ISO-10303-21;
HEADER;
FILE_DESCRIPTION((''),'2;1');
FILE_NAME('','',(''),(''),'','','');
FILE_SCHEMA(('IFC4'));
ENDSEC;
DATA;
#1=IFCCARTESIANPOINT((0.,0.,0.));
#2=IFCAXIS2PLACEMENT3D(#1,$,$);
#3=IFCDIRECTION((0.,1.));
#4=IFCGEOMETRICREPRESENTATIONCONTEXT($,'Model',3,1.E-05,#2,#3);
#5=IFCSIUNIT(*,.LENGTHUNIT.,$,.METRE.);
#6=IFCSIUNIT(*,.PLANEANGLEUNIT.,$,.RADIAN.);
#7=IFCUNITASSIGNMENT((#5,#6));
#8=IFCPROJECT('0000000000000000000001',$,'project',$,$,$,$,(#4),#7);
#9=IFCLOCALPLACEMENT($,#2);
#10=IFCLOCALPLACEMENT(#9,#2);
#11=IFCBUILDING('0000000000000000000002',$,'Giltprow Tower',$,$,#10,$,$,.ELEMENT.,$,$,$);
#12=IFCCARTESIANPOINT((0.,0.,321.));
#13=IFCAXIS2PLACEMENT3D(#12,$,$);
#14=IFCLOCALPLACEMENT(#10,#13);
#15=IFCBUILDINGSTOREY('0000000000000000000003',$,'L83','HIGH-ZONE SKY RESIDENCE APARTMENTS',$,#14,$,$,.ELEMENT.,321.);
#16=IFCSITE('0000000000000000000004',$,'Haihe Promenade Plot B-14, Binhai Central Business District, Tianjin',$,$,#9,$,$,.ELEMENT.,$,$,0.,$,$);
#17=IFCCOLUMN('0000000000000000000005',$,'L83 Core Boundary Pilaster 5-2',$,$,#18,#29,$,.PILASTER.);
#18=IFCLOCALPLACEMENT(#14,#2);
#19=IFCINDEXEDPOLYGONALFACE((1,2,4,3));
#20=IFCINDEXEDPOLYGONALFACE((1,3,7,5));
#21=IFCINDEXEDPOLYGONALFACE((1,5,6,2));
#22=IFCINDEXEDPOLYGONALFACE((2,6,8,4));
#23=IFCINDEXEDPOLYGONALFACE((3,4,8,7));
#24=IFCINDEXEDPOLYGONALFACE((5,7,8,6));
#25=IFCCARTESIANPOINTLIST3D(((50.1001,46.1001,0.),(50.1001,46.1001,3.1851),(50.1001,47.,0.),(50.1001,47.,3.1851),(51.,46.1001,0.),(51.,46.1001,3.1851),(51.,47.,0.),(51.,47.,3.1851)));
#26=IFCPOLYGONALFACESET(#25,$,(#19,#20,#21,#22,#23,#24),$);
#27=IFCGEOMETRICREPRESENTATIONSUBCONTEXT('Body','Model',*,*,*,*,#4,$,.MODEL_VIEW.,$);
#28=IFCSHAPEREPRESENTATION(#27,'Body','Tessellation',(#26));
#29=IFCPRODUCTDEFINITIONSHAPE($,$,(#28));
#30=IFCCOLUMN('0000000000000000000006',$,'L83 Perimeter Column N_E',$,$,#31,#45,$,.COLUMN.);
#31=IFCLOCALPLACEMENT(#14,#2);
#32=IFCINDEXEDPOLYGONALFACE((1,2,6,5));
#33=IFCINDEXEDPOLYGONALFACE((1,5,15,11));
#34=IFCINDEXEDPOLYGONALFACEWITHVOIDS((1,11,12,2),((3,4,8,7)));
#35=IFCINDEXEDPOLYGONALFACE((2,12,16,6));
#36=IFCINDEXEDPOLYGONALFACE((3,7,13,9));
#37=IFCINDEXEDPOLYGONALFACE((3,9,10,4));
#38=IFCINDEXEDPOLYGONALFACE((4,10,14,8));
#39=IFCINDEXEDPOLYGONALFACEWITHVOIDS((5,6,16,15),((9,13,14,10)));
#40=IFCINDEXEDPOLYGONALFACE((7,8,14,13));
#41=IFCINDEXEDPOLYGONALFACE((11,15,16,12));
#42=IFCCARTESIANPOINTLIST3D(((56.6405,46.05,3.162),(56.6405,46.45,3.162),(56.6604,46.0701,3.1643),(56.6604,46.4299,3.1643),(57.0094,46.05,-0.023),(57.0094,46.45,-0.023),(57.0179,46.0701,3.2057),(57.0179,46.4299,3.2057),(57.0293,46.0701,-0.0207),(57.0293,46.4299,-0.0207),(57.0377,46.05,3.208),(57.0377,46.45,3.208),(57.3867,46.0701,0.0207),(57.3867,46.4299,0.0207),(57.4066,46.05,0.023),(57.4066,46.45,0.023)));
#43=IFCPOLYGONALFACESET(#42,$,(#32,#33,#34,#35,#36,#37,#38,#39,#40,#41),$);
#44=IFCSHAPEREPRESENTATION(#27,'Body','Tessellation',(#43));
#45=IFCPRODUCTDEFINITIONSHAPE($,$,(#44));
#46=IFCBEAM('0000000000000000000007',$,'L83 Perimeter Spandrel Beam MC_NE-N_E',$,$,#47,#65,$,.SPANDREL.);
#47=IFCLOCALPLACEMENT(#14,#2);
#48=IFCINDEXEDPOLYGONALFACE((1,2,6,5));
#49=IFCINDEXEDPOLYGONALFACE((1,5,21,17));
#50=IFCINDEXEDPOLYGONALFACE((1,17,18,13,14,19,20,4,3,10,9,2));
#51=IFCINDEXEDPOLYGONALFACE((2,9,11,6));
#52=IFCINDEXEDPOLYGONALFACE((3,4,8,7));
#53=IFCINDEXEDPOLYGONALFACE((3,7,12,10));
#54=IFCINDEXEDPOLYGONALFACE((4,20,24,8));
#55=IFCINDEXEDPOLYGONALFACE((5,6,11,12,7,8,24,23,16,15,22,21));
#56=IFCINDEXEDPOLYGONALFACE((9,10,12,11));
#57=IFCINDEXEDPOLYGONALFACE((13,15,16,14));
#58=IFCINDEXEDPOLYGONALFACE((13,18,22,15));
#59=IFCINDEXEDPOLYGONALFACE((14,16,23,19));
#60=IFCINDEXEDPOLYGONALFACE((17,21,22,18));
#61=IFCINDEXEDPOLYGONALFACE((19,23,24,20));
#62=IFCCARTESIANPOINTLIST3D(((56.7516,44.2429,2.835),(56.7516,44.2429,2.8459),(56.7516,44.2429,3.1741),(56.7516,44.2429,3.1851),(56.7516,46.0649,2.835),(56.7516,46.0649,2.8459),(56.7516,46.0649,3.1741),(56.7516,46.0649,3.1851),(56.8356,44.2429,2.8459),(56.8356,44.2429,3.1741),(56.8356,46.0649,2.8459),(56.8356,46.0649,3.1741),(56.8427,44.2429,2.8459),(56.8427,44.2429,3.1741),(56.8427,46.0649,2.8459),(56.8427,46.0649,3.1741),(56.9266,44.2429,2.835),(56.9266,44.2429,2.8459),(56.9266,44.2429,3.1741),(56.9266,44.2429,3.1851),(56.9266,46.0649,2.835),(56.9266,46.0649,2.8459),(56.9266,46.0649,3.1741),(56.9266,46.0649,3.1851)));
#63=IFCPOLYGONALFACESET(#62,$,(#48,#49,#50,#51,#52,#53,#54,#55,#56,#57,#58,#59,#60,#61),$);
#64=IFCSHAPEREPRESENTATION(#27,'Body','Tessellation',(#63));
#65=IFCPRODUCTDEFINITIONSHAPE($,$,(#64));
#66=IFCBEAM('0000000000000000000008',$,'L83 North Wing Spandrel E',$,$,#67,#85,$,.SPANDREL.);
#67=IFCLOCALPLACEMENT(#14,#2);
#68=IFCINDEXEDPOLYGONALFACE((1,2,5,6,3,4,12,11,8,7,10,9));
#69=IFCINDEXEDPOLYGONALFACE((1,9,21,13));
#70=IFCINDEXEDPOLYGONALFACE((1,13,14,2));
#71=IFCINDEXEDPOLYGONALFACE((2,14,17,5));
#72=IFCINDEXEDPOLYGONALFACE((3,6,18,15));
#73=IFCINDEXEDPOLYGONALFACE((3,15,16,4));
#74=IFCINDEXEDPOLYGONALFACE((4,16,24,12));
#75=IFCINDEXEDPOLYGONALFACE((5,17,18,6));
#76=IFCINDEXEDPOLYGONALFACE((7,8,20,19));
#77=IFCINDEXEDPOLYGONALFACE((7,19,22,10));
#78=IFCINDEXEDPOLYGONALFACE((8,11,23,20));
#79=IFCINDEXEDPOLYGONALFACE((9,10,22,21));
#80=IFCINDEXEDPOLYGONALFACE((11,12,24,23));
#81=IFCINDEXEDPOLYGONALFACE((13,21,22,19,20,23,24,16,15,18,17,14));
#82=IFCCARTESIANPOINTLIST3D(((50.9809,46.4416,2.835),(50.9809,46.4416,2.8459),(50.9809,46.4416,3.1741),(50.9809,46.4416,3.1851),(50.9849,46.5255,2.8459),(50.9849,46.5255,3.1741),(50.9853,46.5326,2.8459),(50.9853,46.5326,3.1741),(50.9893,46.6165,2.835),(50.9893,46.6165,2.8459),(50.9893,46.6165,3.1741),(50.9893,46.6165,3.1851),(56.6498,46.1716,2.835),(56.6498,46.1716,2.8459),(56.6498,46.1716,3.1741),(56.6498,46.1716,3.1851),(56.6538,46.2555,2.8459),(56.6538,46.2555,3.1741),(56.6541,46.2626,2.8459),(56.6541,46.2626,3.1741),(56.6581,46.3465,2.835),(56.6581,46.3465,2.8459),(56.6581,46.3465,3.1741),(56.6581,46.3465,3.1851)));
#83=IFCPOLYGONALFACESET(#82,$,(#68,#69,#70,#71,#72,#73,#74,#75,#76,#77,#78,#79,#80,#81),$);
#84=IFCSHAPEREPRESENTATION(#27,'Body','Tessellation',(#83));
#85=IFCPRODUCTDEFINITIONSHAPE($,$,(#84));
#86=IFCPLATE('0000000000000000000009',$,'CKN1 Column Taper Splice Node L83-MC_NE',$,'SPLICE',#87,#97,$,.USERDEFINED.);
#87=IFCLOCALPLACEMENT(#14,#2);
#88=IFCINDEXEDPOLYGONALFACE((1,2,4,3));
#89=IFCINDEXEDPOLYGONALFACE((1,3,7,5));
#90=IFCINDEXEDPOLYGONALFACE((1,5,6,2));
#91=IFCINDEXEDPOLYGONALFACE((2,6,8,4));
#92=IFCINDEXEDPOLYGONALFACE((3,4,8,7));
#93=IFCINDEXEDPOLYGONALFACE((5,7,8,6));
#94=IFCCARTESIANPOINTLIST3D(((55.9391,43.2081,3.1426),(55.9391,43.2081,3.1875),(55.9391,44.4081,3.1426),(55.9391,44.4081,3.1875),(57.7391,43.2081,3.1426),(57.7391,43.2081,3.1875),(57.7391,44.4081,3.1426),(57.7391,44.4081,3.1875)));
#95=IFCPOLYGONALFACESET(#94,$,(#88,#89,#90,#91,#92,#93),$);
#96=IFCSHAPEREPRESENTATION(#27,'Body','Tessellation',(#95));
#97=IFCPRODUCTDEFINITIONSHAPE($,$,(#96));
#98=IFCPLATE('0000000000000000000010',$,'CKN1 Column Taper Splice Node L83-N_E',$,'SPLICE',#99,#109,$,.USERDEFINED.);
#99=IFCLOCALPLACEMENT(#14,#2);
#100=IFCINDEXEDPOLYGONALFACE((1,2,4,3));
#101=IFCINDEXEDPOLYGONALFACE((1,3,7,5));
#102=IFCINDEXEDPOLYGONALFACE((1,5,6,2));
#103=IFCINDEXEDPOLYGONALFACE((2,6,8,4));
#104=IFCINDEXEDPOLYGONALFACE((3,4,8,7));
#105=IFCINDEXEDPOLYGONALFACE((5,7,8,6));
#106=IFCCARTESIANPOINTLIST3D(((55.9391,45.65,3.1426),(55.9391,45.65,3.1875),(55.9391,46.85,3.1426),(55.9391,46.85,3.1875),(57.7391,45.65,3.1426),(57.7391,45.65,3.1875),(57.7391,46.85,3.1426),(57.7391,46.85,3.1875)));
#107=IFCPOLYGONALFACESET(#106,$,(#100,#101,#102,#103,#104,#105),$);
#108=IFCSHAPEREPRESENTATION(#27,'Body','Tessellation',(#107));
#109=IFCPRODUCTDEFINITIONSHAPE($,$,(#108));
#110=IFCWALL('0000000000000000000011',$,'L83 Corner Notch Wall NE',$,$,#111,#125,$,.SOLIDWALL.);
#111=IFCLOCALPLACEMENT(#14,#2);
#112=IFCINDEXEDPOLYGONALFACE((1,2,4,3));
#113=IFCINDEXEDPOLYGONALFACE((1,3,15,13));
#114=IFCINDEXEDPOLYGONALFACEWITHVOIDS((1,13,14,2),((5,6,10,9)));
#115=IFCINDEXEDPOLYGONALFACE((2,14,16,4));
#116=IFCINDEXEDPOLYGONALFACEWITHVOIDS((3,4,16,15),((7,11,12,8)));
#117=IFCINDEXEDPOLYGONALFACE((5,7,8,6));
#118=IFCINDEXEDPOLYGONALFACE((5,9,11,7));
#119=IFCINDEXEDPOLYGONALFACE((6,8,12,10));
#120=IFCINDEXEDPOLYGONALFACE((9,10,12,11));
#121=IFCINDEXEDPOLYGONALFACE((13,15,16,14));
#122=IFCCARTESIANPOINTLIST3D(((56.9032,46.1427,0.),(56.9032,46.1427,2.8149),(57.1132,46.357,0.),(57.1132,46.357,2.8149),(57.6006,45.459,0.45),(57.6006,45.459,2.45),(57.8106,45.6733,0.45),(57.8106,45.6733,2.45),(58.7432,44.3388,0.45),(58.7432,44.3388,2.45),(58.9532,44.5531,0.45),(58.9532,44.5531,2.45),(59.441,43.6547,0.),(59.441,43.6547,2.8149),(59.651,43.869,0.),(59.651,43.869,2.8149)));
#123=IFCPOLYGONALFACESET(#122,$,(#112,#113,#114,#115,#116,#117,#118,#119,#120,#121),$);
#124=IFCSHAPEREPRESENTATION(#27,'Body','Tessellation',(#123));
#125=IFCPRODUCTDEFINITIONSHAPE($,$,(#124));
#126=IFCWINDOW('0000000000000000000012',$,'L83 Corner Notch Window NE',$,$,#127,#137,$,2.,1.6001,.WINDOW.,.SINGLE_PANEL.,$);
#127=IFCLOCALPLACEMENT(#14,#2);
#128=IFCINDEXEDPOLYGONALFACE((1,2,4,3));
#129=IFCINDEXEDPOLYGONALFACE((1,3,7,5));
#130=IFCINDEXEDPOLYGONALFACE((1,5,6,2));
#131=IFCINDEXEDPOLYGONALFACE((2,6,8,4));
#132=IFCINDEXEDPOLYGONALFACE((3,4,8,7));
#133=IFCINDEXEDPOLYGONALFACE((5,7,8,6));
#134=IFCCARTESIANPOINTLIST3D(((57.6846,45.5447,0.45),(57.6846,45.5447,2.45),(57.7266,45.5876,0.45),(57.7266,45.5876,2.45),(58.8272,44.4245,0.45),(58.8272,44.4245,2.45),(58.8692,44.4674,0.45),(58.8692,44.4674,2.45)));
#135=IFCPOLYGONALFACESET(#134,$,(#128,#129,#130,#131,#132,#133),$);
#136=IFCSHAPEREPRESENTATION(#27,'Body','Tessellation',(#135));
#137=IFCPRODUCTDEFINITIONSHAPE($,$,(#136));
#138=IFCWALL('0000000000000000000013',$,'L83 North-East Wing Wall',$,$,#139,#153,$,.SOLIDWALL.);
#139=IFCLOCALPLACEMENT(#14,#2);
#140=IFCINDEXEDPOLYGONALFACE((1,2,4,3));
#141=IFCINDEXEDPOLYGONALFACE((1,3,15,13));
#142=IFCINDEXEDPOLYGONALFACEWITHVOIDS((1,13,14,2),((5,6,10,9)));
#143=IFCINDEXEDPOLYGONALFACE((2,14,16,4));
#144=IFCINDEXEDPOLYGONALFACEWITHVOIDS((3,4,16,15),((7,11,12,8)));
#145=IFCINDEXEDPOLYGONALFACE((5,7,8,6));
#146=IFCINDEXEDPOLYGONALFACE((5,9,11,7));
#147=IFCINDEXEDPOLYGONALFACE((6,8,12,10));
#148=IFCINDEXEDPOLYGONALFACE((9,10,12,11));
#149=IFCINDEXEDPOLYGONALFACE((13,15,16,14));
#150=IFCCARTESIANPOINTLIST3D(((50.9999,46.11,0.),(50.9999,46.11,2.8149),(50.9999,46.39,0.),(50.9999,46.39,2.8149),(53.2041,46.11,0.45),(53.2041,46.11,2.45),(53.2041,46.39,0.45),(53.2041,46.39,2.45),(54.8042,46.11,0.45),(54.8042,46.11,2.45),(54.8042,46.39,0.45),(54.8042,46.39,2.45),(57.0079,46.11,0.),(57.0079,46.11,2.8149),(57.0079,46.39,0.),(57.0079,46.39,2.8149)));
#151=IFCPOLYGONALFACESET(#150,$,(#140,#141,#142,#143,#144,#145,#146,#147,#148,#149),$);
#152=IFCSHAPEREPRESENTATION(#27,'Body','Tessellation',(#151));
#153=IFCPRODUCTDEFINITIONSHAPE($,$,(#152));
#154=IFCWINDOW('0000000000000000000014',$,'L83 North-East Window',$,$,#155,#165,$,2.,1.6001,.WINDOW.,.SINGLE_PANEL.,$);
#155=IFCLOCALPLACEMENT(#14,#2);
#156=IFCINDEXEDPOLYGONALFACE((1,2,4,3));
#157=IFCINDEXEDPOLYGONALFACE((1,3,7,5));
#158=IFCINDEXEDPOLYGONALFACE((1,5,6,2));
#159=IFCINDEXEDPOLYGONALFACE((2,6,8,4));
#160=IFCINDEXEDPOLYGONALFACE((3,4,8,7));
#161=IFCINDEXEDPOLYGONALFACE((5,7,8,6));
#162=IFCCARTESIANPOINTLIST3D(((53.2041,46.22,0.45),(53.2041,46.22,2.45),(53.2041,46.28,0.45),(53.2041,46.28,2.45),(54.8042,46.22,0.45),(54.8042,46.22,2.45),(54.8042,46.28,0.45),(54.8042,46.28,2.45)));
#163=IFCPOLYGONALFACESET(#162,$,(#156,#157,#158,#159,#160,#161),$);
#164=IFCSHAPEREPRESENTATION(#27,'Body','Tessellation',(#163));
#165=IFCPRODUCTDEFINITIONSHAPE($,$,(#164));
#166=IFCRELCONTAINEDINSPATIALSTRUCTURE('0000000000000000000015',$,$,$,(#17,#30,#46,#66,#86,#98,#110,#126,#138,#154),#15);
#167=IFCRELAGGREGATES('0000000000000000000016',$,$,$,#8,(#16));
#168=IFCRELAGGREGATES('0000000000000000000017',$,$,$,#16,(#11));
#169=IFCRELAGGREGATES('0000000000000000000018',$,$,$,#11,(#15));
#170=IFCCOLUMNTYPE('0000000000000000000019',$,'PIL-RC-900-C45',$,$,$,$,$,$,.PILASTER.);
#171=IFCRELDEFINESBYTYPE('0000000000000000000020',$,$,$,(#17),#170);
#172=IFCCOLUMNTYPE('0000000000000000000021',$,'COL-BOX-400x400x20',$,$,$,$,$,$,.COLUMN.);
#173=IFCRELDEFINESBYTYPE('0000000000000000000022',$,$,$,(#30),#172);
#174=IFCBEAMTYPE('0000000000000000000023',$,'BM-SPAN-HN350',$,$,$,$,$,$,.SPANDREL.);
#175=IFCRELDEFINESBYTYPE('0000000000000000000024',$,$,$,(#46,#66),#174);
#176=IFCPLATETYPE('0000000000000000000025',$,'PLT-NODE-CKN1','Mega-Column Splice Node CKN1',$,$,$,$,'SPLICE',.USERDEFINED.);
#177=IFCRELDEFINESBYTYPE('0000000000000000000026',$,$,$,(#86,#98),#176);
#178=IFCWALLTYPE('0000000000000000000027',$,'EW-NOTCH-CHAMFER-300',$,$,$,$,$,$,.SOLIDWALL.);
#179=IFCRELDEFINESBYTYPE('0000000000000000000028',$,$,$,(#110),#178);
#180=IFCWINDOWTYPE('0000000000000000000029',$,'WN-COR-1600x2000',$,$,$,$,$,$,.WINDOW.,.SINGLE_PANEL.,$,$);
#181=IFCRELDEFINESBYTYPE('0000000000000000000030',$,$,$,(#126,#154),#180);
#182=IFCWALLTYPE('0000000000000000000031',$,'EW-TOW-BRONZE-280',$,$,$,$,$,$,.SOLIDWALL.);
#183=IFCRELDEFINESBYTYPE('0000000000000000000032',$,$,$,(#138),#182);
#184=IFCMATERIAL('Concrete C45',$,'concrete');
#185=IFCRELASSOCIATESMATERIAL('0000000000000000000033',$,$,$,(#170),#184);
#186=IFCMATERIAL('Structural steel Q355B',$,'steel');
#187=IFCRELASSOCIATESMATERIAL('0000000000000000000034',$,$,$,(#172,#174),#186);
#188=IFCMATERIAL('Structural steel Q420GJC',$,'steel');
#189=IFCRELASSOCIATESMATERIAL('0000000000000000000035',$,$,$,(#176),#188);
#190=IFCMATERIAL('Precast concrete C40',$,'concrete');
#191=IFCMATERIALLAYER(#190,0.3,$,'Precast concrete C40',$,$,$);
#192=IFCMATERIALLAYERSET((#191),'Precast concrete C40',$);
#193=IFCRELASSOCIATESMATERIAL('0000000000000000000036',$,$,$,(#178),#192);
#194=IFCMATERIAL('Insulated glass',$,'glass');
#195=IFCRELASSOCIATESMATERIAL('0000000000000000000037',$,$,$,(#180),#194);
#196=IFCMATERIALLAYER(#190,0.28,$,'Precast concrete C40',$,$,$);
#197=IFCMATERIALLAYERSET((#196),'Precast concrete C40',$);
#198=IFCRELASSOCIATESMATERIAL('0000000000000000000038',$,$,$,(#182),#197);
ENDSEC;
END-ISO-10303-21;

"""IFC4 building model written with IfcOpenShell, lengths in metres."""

from ifc_helpers import new_model, si_unit, direction, frame, frame_2d, origin, origin_2d, place, context, subcontext, project, spatial, rectangle, hollow_rectangle, i_section, extrude, source, transform, mapped, material, layer, layer_set, material_profile, profile_set, type_object, element, fill, save


model = new_model("IFC4")

# Units and contexts
model_context = context("Model", 3, precision=1e-05, world=origin(), true_north=direction((0.0, 1.0)))
body_context = subcontext(model_context, "Body", "Model", "MODEL_VIEW")
ifc_project = project(units=[si_unit("LENGTHUNIT", "METRE"), si_unit("PLANEANGLEUNIT", "RADIAN")], contexts=[model_context])

# Site, building, storey
site_placement = place(None, origin())
site = spatial("IfcSite", under=ifc_project, at=site_placement, Name="Haihe Promenade Plot B-14, Binhai Central Business District, Tianjin", CompositionType="ELEMENT", RefElevation=0.0)
building_placement = place(site_placement, origin())
building = spatial("IfcBuilding", under=site, at=building_placement, Name="Giltprow Tower", CompositionType="ELEMENT")
storey_placement = place(building_placement, frame((0.0, 0.0, 321.0)))
storey = spatial("IfcBuildingStorey", under=building, at=storey_placement, Name="L83", Description="HIGH-ZONE SKY RESIDENCE APARTMENTS", CompositionType="ELEMENT", Elevation=321.0)

# Columns
ifc_material_1 = material(Name="Concrete C45", Category="concrete")
ifc_material_profile_1 = material_profile(ifc_material_1, rectangle(XDim=0.8999, YDim=0.8999, at=origin_2d()), Name="RC 900x900")
ifc_profile_set_1 = profile_set([ifc_material_profile_1], Name="Concrete C45")
column_type_1 = type_object("IfcColumnType", Name="PIL-RC-900-C45", PredefinedType="PILASTER", material=ifc_profile_set_1)
shared_shape_1 = source(origin(), body_context, "Body", "SweptSolid", [
    extrude(rectangle(XDim=0.8999, YDim=0.8999, at=origin_2d()), origin(), (0.0, 0.0, 1.0), 3.1851),
])
column_1_placement = place(storey_placement, frame((50.55, 46.55, 0.0), z_axis=(0.0, 0.0, 1.0), x_axis=(1.0, 0.0, 0.0)))
element("IfcColumn", 1, at=column_1_placement, inside=storey, type_object=column_type_1, Name="L83 Core Boundary Pilaster 5-2", PredefinedType="PILASTER", context=body_context, shape_type="MappedRepresentation", body=[
    mapped(shared_shape_1, transform((0.0, 0.0, 0.0), x_axis=(1.0, 0.0, 0.0), y_axis=(0.0, 1.0, 0.0), z_axis=(0.0, 0.0, 1.0), scale=1.0)),
])
ifc_material_2 = material(Name="Structural steel Q355B", Category="steel")
ifc_material_profile_2 = material_profile(ifc_material_2, hollow_rectangle(XDim=0.3999, YDim=0.3999, WallThickness=0.02, at=origin_2d()), Name="BOX 400x400x20")
ifc_profile_set_2 = profile_set([ifc_material_profile_2], Name="Structural steel Q355B")
column_type_2 = type_object("IfcColumnType", Name="COL-BOX-400x400x20", PredefinedType="COLUMN", material=ifc_profile_set_2)
shared_shape_2 = source(origin(), body_context, "Body", "SweptSolid", [
    extrude(hollow_rectangle(XDim=0.3999, YDim=0.3999, WallThickness=0.02, at=origin_2d()), origin(), (0.0, 0.0, 1.0), 3.2063),
])
column_2_placement = place(storey_placement, frame((57.208, 46.25, 0.0), z_axis=(-0.115052, 0.0, 0.993359), x_axis=(0.0, -1.0, 0.0)))
element("IfcColumn", 2, at=column_2_placement, inside=storey, type_object=column_type_2, Name="L83 Perimeter Column N_E", PredefinedType="COLUMN", context=body_context, shape_type="MappedRepresentation", body=[
    mapped(shared_shape_2, transform((0.0, 0.0, 0.0), x_axis=(1.0, 0.0, 0.0), y_axis=(0.0, 1.0, 0.0), z_axis=(0.0, 0.0, 1.0), scale=1.0)),
])

# Beams
ifc_material_profile_3 = material_profile(ifc_material_2, i_section(OverallWidth=0.175, OverallDepth=0.3501, WebThickness=0.0071, FlangeThickness=0.011, at=origin_2d()), Name="HN 350x175x7x11")
ifc_profile_set_3 = profile_set([ifc_material_profile_3], Name="Structural steel Q355B")
beam_type = type_object("IfcBeamType", Name="BM-SPAN-HN350", PredefinedType="SPANDREL", material=ifc_profile_set_3)
shared_shape_3 = source(origin(), body_context, "Body", "SweptSolid", [
    extrude(i_section(OverallWidth=0.175, OverallDepth=0.3501, WebThickness=0.0071, FlangeThickness=0.011, at=origin_2d()), origin(), (0.0, 0.0, 1.0), 1.822),
])
beam_1_placement = place(storey_placement, frame((56.8391, 44.2429, 3.01), z_axis=(0.0, 1.0, 0.0), x_axis=(-1.0, 0.0, 0.0)))
element("IfcBeam", 3, at=beam_1_placement, inside=storey, type_object=beam_type, Name="L83 Perimeter Spandrel Beam MC_NE-N_E", PredefinedType="SPANDREL", context=body_context, shape_type="MappedRepresentation", body=[
    mapped(shared_shape_3, transform((0.0, 0.0, 0.0), x_axis=(1.0, 0.0, 0.0), y_axis=(0.0, 1.0, 0.0), z_axis=(0.0, 0.0, 1.0), scale=1.0)),
])
shared_shape_4 = source(origin(), body_context, "Body", "SweptSolid", [
    extrude(i_section(OverallWidth=0.175, OverallDepth=0.3501, WebThickness=0.0071, FlangeThickness=0.011, at=origin_2d()), origin(), (0.0, 0.0, 1.0), 5.6753),
])
beam_2_placement = place(storey_placement, frame((50.9851, 46.5291, 3.01), z_axis=(0.998868, -0.047577, 0.0), x_axis=(0.047577, 0.998868, 0.0)))
element("IfcBeam", 4, at=beam_2_placement, inside=storey, type_object=beam_type, Name="L83 North Wing Spandrel E", PredefinedType="SPANDREL", context=body_context, shape_type="MappedRepresentation", body=[
    mapped(shared_shape_4, transform((0.0, 0.0, 0.0), x_axis=(1.0, 0.0, 0.0), y_axis=(0.0, 1.0, 0.0), z_axis=(0.0, 0.0, 1.0), scale=1.0)),
])

# Plates
ifc_material_3 = material(Name="Structural steel Q420GJC", Category="steel")
plate_type = type_object("IfcPlateType", Name="PLT-NODE-CKN1", Description="Mega-Column Splice Node CKN1", ElementType="SPLICE", PredefinedType="USERDEFINED", material=ifc_material_3)
shared_shape_5 = source(origin(), body_context, "Body", "SweptSolid", [
    extrude(rectangle(XDim=1.8, YDim=1.2, at=origin_2d()), origin(), (0.0, 0.0, 1.0), 0.0449),
])
for number, where, z_axis, x_axis, name in (
    (5, (56.8391, 43.8081, 3.1426), (0.0, 0.0, 1.0), (1.0, 0.0, 0.0), "CKN1 Column Taper Splice Node L83-MC_NE"),
    (6, (56.8391, 46.25, 3.1426), (0.0, 0.0, 1.0), (1.0, 0.0, 0.0), "CKN1 Column Taper Splice Node L83-N_E"),
):
    element("IfcPlate", number, at=place(storey_placement, frame(where, z_axis=z_axis, x_axis=x_axis)), inside=storey, type_object=plate_type, Name=name, ObjectType="SPLICE", PredefinedType="USERDEFINED", context=body_context, shape_type="MappedRepresentation", body=[
        mapped(shared_shape_5, transform((0.0, 0.0, 0.0), x_axis=(1.0, 0.0, 0.0), y_axis=(0.0, 1.0, 0.0), z_axis=(0.0, 0.0, 1.0), scale=1.0)),
    ])

# Walls, openings, windows
ifc_material_4 = material(Name="Precast concrete C40", Category="concrete")
ifc_layer_1 = layer(ifc_material_4, 0.3, Name="Precast concrete C40")
ifc_layer_set_1 = layer_set([ifc_layer_1], Name="Precast concrete C40")
wall_type_1 = type_object("IfcWallType", Name="EW-NOTCH-CHAMFER-300", PredefinedType="SOLIDWALL", material=ifc_layer_set_1)
wall_1_placement = place(storey_placement, frame((59.5459, 43.762, 0.0), z_axis=(0.0, 0.0, 1.0), x_axis=(-0.714079, 0.700065, 0.0)))
wall_1 = element("IfcWall", 7, at=wall_1_placement, inside=storey, type_object=wall_type_1, Name="L83 Corner Notch Wall NE", PredefinedType="SOLIDWALL", context=body_context, shape_type="SweptSolid", body=[
    extrude(rectangle(XDim=3.554, YDim=0.3, at=frame_2d((1.7769, 0.0))), origin(), (0.0, 0.0, 1.0), 2.8149),
])
opening_1_placement = place(wall_1_placement, frame((0.9771, 0.0, 0.45)))
opening_1 = element("IfcOpeningElement", 8, at=opening_1_placement, cuts=wall_1, PredefinedType="OPENING", context=body_context, shape_type="SweptSolid", body=[
    extrude(rectangle(XDim=1.6001, YDim=2.0, at=frame_2d((0.8, 1.0))), frame((0.0, 0.1599, 0.0), z_axis=(0.0, -1.0, 0.0), x_axis=(1.0, 0.0, 0.0)), (0.0, 0.0, 1.0), 0.3201),
])
ifc_material_5 = material(Name="Insulated glass", Category="glass")
window_type = type_object("IfcWindowType", Name="WN-COR-1600x2000", PartitioningType="SINGLE_PANEL", PredefinedType="WINDOW", material=ifc_material_5)
shared_shape_6 = source(origin(), body_context, "Body", "SweptSolid", [
    extrude(rectangle(XDim=1.6001, YDim=2.0, at=frame_2d((0.8, 1.0))), frame((0.0, 0.03, 0.0), z_axis=(0.0, -1.0, 0.0), x_axis=(1.0, 0.0, 0.0)), (0.0, 0.0, 1.0), 0.0601),
])
window_1_placement = place(opening_1_placement, origin())
window_1 = element("IfcWindow", 9, at=window_1_placement, inside=storey, type_object=window_type, Name="L83 Corner Notch Window NE", OverallHeight=2.0, OverallWidth=1.6001, PartitioningType="SINGLE_PANEL", PredefinedType="WINDOW", context=body_context, shape_type="MappedRepresentation", body=[
    mapped(shared_shape_6, transform((0.0, 0.0, 0.0), x_axis=(1.0, 0.0, 0.0), y_axis=(0.0, 1.0, 0.0), z_axis=(0.0, 0.0, 1.0), scale=1.0)),
])
fill(opening_1, window_1)
ifc_layer_2 = layer(ifc_material_4, 0.28, Name="Precast concrete C40")
ifc_layer_set_2 = layer_set([ifc_layer_2], Name="Precast concrete C40")
wall_type_2 = type_object("IfcWallType", Name="EW-TOW-BRONZE-280", PredefinedType="SOLIDWALL", material=ifc_layer_set_2)
wall_2_placement = place(storey_placement, frame((51.0, 46.25, 0.0), z_axis=(0.0, 0.0, 1.0), x_axis=(1.0, 0.0, 0.0)))
wall_2 = element("IfcWall", 10, at=wall_2_placement, inside=storey, type_object=wall_type_2, Name="L83 North-East Wing Wall", PredefinedType="SOLIDWALL", context=body_context, shape_type="SweptSolid", body=[
    extrude(rectangle(XDim=6.0081, YDim=0.28, at=frame_2d((3.0039, 0.0))), origin(), (0.0, 0.0, 1.0), 2.8149),
])
opening_2_placement = place(wall_2_placement, frame((2.2041, 0.0, 0.45)))
opening_2 = element("IfcOpeningElement", 11, at=opening_2_placement, cuts=wall_2, PredefinedType="OPENING", context=body_context, shape_type="SweptSolid", body=[
    extrude(rectangle(XDim=1.6001, YDim=2.0, at=frame_2d((0.8, 1.0))), frame((0.0, 0.1499, 0.0), z_axis=(0.0, -1.0, 0.0), x_axis=(1.0, 0.0, 0.0)), (0.0, 0.0, 1.0), 0.3),
])
window_2_placement = place(opening_2_placement, origin())
window_2 = element("IfcWindow", 12, at=window_2_placement, inside=storey, type_object=window_type, Name="L83 North-East Window", OverallHeight=2.0, OverallWidth=1.6001, PartitioningType="SINGLE_PANEL", PredefinedType="WINDOW", context=body_context, shape_type="MappedRepresentation", body=[
    mapped(shared_shape_6, transform((0.0, 0.0, 0.0), x_axis=(1.0, 0.0, 0.0), y_axis=(0.0, 1.0, 0.0), z_axis=(0.0, 0.0, 1.0), scale=1.0)),
])
fill(opening_2, window_2)

save(model, "model.ifc")
